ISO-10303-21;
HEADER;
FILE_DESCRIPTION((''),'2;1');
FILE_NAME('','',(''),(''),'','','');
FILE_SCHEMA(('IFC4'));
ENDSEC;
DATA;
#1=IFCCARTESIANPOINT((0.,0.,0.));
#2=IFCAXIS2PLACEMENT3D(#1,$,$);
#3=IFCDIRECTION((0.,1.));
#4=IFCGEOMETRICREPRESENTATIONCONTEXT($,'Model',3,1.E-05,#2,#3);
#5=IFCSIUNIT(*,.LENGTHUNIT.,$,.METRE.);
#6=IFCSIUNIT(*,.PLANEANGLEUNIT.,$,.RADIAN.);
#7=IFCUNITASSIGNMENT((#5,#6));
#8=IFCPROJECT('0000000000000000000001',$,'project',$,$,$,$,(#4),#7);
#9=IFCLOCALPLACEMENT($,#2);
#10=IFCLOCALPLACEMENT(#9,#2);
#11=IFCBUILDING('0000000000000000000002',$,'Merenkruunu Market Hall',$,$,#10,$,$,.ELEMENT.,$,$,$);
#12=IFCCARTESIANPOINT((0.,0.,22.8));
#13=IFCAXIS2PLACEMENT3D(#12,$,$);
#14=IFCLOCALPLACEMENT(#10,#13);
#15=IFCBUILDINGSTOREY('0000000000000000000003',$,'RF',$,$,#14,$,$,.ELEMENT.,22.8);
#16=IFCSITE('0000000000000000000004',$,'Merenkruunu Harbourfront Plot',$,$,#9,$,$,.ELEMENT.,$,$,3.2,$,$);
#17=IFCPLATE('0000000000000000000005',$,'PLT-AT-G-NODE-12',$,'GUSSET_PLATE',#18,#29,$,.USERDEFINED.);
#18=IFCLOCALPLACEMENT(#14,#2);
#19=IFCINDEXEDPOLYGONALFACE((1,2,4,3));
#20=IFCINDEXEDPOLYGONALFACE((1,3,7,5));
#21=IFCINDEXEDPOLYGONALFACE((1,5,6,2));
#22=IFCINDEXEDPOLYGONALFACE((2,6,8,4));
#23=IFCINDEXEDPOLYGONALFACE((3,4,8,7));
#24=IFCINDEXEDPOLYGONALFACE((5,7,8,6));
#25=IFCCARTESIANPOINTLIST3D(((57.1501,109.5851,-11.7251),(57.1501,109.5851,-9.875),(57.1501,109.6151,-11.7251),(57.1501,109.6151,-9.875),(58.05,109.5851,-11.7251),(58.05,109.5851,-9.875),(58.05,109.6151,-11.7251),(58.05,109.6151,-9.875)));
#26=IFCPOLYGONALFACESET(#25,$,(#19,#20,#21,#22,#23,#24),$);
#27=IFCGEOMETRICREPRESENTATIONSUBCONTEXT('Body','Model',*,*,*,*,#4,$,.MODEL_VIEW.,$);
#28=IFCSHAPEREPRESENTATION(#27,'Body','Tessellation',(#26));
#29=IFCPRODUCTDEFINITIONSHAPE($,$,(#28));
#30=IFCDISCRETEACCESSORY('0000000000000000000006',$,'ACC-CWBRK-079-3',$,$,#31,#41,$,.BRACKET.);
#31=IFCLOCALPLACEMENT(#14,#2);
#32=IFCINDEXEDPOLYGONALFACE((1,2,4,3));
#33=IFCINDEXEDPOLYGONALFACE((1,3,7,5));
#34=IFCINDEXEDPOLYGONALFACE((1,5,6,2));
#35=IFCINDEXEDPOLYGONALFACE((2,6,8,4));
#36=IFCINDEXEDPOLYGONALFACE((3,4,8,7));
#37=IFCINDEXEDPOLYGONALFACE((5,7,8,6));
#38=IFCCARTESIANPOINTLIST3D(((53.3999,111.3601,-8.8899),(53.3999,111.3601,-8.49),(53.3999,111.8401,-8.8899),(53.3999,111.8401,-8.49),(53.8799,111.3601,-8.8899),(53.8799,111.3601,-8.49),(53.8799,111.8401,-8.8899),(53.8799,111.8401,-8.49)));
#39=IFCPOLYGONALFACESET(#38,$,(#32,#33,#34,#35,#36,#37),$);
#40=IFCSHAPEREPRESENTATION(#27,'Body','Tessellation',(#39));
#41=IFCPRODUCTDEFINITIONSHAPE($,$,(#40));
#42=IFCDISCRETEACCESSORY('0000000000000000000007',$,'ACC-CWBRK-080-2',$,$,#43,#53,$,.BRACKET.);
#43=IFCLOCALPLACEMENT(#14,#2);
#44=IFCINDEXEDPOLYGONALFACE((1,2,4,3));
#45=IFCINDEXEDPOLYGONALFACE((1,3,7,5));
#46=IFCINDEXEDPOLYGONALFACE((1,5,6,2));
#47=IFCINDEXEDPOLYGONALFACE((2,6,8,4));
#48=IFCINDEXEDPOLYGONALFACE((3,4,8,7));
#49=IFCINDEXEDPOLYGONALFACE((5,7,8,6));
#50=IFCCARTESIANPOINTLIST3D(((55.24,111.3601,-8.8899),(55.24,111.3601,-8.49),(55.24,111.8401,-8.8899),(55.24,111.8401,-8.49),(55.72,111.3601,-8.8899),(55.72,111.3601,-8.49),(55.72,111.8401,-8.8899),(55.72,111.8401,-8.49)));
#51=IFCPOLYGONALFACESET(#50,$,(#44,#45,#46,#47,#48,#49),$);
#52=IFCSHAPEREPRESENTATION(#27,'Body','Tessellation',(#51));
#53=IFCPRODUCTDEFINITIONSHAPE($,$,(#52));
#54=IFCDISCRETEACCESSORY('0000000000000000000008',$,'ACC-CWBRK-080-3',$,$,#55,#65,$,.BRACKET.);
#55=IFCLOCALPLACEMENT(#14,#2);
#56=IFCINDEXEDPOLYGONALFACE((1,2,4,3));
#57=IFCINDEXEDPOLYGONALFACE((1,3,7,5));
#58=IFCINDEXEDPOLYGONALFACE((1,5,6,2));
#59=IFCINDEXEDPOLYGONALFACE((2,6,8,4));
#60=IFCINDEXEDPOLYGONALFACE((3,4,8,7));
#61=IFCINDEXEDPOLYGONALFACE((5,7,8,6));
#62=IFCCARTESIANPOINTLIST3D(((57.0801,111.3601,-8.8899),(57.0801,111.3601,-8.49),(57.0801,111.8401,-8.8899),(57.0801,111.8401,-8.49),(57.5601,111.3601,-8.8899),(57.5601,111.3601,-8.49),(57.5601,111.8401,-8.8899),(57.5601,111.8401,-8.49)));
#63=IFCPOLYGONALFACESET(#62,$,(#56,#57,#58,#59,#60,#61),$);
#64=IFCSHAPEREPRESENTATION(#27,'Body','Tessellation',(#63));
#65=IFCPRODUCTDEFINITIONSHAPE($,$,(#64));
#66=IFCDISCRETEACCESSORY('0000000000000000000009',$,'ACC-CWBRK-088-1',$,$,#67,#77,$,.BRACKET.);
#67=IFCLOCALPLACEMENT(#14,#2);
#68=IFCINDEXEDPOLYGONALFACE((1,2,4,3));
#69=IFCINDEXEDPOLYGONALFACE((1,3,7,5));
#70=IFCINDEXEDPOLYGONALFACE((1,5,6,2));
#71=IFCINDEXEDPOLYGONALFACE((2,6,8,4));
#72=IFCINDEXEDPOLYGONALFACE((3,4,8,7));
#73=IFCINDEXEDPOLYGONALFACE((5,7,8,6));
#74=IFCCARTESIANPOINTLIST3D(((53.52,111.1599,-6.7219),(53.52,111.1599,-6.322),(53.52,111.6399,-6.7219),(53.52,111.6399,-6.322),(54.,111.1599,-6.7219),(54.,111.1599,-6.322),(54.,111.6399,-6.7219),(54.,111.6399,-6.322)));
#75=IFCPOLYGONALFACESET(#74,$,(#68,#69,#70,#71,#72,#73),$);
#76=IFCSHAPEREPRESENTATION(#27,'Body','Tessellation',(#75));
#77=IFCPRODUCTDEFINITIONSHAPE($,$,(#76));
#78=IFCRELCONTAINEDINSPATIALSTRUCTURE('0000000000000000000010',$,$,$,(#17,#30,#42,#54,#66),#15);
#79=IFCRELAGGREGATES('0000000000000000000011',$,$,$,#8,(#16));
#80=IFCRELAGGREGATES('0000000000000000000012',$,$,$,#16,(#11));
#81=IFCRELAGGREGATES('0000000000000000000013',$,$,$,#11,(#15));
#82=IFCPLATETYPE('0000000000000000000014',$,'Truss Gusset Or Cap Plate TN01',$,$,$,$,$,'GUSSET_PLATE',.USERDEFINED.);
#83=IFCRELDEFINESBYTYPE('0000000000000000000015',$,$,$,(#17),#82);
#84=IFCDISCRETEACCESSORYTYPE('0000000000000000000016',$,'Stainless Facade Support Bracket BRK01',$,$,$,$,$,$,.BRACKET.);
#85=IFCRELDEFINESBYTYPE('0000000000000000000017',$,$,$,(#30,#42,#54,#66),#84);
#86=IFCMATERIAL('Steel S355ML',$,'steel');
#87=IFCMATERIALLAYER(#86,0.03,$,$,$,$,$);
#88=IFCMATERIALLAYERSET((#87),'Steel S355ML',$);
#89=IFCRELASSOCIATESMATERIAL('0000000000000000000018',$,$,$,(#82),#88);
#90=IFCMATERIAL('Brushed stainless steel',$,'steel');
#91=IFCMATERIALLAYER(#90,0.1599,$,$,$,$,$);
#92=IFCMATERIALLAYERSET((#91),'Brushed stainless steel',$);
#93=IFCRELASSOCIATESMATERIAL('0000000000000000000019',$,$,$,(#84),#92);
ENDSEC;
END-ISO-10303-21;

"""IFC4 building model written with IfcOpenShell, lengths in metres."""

from ifc_helpers import new_model, si_unit, direction, frame, origin, origin_2d, place, context, subcontext, project, spatial, rectangle, extrude, material, layer, layer_set, type_object, element, save


model = new_model("IFC4")

# Units and contexts
model_context = context("Model", 3, precision=1e-05, world=origin(), true_north=direction((0.0, 1.0)))
body_context = subcontext(model_context, "Body", "Model", "MODEL_VIEW")
ifc_project = project(units=[si_unit("LENGTHUNIT", "METRE"), si_unit("PLANEANGLEUNIT", "RADIAN")], contexts=[model_context])

# Site, building, storey
site_placement = place(None, origin())
site = spatial("IfcSite", under=ifc_project, at=site_placement, Name="Merenkruunu Harbourfront Plot", CompositionType="ELEMENT", RefElevation=3.2)
building_placement = place(site_placement, origin())
building = spatial("IfcBuilding", under=site, at=building_placement, Name="Merenkruunu Market Hall", CompositionType="ELEMENT")
storey_placement = place(building_placement, frame((0.0, 0.0, 22.8)))
storey = spatial("IfcBuildingStorey", under=building, at=storey_placement, Name="RF", CompositionType="ELEMENT", Elevation=22.8)

# Plate
ifc_material_1 = material(Name="Steel S355ML", Category="steel")
ifc_layer_1 = layer(ifc_material_1, 0.03)
ifc_layer_set_1 = layer_set([ifc_layer_1], Name="Steel S355ML")
plate_type_1 = type_object("IfcPlateType", Name="Truss Gusset Or Cap Plate TN01", ElementType="GUSSET_PLATE", PredefinedType="USERDEFINED", material=ifc_layer_set_1)
plate_1_placement = place(storey_placement, frame((57.6001, 109.6001, -11.7251), z_axis=(0.0, 0.0, 1.0), x_axis=(1.0, 0.0, 0.0)))
element("IfcPlate", 1, at=plate_1_placement, inside=storey, type_object=plate_type_1, Name="PLT-AT-G-NODE-12", ObjectType="GUSSET_PLATE", PredefinedType="USERDEFINED", context=body_context, shape_type="SweptSolid", body=[
    extrude(rectangle(XDim=0.8999, YDim=0.03, at=origin_2d()), origin(), (0.0, 0.0, 1.0), 1.8501),
])

# Discrete accessories
ifc_material_2 = material(Name="Brushed stainless steel", Category="steel")
ifc_layer_2 = layer(ifc_material_2, 0.1599)
ifc_layer_set_2 = layer_set([ifc_layer_2], Name="Brushed stainless steel")
discrete_accessory_type = type_object("IfcDiscreteAccessoryType", Name="Stainless Facade Support Bracket BRK01", PredefinedType="BRACKET", material=ifc_layer_set_2)
for number, where, z_axis, x_axis, name in (
    (2, (53.6399, 111.6001, -8.8899), (0.0, 0.0, 1.0), (1.0, 0.0, 0.0), "ACC-CWBRK-079-3"),
    (3, (55.48, 111.6001, -8.8899), (0.0, 0.0, 1.0), (1.0, 0.0, 0.0), "ACC-CWBRK-080-2"),
    (4, (57.3201, 111.6001, -8.8899), (0.0, 0.0, 1.0), (1.0, 0.0, 0.0), "ACC-CWBRK-080-3"),
    (5, (53.76, 111.3999, -6.7219), (0.0, 0.0, 1.0), (1.0, 0.0, 0.0), "ACC-CWBRK-088-1"),
):
    element("IfcDiscreteAccessory", number, at=place(storey_placement, frame(where, z_axis=z_axis, x_axis=x_axis)), inside=storey, type_object=discrete_accessory_type, Name=name, PredefinedType="BRACKET", context=body_context, shape_type="SweptSolid", body=[
        extrude(rectangle(XDim=0.48, YDim=0.48, at=origin_2d()), origin(), (0.0, 0.0, 1.0), 0.3999),
    ])

save(model, "model.ifc")
